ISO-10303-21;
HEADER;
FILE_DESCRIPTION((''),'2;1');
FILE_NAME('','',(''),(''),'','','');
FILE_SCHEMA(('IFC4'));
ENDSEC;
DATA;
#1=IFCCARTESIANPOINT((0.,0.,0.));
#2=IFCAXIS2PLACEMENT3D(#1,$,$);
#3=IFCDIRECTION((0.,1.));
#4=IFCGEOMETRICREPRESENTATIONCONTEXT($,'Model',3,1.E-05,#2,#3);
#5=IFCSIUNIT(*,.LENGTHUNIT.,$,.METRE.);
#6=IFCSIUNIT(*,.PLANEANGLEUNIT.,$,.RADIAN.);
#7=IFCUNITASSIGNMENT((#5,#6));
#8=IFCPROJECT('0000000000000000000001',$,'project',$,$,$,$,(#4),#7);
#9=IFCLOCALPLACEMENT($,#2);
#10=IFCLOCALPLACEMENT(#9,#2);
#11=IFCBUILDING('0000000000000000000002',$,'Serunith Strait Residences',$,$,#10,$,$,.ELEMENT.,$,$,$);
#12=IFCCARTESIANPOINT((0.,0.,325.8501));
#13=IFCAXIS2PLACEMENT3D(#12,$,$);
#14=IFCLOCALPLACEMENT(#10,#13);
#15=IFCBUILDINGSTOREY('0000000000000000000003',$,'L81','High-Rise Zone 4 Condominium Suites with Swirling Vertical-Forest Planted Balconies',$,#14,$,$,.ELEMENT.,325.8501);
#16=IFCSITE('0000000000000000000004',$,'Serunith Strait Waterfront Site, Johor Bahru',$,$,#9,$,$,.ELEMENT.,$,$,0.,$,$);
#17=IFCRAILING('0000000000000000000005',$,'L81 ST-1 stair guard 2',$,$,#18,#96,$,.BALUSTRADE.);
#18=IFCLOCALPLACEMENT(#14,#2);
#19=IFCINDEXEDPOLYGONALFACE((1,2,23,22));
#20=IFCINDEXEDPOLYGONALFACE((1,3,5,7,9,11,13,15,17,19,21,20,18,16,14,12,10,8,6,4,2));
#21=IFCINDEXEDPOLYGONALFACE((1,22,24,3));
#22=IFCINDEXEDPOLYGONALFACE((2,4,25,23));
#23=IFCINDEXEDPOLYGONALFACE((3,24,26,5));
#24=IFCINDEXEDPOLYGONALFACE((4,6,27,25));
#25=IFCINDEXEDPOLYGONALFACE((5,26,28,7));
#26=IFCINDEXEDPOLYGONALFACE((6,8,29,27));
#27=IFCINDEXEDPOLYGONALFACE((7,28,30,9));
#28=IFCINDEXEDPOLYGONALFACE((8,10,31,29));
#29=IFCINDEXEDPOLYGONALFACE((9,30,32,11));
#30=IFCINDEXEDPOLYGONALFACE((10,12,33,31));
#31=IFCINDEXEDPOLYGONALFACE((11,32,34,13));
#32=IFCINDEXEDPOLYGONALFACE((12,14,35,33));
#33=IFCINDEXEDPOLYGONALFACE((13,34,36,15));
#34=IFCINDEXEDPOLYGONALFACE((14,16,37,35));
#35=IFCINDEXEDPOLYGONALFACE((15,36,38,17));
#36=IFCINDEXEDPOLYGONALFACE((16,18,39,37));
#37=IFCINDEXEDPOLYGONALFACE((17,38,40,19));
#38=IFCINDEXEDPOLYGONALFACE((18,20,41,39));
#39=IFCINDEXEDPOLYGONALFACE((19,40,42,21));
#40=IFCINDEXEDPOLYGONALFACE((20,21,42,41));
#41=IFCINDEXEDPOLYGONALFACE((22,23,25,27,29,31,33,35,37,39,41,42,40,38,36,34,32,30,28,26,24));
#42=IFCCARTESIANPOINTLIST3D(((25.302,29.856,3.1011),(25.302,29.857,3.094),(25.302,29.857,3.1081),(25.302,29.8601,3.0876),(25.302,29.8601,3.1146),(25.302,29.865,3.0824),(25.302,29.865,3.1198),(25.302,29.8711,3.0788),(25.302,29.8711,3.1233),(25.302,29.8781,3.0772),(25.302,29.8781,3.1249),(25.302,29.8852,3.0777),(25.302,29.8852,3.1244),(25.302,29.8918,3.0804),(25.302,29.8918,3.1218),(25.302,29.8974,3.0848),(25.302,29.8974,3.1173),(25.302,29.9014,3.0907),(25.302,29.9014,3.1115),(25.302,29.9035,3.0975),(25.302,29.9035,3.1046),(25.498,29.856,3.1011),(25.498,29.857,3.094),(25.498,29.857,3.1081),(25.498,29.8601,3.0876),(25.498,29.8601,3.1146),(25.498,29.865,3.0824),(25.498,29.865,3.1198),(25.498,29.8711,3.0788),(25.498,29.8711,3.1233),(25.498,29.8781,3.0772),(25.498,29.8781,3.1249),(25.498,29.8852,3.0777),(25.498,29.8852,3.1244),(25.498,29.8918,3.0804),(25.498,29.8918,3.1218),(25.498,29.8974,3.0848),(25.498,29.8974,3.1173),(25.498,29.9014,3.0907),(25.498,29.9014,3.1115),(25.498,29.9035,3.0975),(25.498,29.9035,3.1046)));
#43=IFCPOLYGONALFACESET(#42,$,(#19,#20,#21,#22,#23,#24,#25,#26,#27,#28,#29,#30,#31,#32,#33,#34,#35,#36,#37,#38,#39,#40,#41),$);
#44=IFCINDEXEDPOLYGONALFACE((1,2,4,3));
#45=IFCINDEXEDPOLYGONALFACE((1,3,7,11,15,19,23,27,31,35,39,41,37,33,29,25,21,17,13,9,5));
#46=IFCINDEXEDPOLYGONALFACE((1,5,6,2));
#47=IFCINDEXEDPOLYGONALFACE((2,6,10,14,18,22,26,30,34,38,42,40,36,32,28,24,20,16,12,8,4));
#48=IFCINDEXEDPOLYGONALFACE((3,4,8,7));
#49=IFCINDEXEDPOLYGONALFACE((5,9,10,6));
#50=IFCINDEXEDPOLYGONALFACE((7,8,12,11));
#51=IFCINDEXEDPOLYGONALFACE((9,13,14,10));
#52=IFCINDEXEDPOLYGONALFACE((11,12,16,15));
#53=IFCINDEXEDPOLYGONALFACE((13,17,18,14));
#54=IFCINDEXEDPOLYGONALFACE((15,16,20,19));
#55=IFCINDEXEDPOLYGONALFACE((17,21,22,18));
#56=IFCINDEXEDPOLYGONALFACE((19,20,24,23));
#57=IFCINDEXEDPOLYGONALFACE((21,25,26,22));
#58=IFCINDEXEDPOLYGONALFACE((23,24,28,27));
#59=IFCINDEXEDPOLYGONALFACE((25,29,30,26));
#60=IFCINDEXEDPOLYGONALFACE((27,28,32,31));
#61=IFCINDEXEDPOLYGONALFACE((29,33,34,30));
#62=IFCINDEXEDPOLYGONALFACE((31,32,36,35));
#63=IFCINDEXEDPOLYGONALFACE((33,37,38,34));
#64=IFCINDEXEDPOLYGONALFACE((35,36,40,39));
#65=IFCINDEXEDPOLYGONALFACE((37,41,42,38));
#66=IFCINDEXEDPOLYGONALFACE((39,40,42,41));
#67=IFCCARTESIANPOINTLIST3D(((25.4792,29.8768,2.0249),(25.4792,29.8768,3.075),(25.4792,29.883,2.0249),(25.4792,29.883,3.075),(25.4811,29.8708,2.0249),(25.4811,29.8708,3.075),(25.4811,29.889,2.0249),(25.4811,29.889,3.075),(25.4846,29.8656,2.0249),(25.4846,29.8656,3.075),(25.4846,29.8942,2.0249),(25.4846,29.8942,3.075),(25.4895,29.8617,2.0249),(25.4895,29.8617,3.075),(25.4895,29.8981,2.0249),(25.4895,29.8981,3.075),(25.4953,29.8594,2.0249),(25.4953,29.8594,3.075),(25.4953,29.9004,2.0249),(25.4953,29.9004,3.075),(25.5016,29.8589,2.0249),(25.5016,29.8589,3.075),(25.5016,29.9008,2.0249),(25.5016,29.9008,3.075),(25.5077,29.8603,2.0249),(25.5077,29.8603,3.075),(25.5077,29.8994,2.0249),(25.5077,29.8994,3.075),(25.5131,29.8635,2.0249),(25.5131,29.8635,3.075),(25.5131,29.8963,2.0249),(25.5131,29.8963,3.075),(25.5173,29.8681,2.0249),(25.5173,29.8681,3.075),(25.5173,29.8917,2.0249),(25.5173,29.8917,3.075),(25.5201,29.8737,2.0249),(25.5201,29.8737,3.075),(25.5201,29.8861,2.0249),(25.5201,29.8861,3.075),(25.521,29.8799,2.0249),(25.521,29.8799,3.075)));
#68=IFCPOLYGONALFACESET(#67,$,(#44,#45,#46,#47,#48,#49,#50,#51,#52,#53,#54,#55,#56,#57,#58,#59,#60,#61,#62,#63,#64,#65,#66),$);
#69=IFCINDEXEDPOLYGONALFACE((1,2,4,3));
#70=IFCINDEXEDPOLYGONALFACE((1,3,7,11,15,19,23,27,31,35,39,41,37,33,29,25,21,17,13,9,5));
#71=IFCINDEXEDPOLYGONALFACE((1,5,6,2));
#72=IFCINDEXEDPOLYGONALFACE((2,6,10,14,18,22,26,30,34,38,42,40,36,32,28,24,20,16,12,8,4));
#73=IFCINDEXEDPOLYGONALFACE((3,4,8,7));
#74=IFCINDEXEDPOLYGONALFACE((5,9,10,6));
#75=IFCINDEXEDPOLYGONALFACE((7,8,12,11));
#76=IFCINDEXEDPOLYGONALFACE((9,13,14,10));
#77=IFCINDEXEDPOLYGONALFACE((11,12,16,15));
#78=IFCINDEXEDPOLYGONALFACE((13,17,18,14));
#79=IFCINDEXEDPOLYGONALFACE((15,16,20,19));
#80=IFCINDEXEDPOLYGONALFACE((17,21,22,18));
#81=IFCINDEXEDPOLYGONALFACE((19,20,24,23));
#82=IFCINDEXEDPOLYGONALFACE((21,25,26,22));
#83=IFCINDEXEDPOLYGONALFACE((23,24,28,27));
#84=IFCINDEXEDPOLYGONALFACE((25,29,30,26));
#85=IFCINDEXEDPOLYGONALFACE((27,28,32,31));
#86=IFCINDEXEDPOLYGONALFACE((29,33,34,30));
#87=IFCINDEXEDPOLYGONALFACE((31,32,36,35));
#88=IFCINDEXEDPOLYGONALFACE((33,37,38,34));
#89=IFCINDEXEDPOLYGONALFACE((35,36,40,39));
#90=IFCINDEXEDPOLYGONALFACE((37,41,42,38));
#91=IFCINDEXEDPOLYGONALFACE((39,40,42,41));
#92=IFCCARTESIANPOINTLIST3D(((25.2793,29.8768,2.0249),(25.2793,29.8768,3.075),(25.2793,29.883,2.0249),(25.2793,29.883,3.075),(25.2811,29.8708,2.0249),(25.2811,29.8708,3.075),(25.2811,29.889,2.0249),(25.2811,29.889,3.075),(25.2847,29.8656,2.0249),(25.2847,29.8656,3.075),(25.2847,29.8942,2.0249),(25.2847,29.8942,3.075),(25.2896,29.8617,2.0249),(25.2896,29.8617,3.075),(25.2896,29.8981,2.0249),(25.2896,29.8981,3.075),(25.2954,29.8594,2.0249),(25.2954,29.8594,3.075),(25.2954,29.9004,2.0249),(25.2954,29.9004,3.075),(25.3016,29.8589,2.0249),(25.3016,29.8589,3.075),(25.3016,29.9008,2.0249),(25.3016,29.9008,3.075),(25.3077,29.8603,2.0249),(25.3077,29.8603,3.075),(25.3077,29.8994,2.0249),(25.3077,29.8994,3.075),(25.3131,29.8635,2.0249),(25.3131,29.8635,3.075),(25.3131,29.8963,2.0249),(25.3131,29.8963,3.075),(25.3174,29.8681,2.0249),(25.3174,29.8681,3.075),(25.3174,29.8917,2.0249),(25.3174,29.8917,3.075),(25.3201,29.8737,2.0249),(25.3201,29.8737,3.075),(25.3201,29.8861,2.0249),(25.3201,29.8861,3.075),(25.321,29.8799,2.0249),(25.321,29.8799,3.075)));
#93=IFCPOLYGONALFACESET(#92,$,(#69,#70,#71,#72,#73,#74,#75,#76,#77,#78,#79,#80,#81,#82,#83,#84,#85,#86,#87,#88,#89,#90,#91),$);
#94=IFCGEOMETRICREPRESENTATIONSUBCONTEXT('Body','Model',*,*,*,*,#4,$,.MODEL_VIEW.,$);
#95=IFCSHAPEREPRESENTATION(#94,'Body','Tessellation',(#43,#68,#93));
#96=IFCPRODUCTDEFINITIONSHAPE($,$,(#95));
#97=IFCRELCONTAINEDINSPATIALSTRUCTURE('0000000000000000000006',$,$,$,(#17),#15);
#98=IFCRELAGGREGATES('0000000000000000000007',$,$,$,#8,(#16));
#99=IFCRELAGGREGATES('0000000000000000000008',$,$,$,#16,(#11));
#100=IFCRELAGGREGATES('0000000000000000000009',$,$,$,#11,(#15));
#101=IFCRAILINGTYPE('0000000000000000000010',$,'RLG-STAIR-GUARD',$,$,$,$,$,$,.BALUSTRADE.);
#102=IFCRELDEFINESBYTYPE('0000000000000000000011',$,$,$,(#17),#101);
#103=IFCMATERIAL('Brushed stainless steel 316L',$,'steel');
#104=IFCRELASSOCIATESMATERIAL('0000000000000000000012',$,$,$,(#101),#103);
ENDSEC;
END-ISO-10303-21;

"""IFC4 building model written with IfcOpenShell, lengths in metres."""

from ifc_helpers import new_model, si_unit, direction, frame, origin, origin_2d, place, context, subcontext, project, spatial, circle, extrude, material, type_object, element, save


model = new_model("IFC4")

# Units and contexts
model_context = context("Model", 3, precision=1e-05, world=origin(), true_north=direction((0.0, 1.0)))
body_context = subcontext(model_context, "Body", "Model", "MODEL_VIEW")
ifc_project = project(units=[si_unit("LENGTHUNIT", "METRE"), si_unit("PLANEANGLEUNIT", "RADIAN")], contexts=[model_context])

# Site, building, storey
site_placement = place(None, origin())
site = spatial("IfcSite", under=ifc_project, at=site_placement, Name="Serunith Strait Waterfront Site, Johor Bahru", CompositionType="ELEMENT", RefElevation=0.0)
building_placement = place(site_placement, origin())
building = spatial("IfcBuilding", under=site, at=building_placement, Name="Serunith Strait Residences", CompositionType="ELEMENT")
storey_placement = place(building_placement, frame((0.0, 0.0, 325.8501)))
storey = spatial("IfcBuildingStorey", under=building, at=storey_placement, Name="L81", Description="High-Rise Zone 4 Condominium Suites with Swirling Vertical-Forest Planted Balconies", CompositionType="ELEMENT", Elevation=325.8501)

# Railing
ifc_material_1 = material(Name="Brushed stainless steel 316L", Category="steel")
railing_type_1 = type_object("IfcRailingType", Name="RLG-STAIR-GUARD", PredefinedType="BALUSTRADE", material=ifc_material_1)
railing_1_placement = place(storey_placement, frame((25.5, 29.8799, 2.0249)))
element("IfcRailing", 1, at=railing_1_placement, inside=storey, type_object=railing_type_1, Name="L81 ST-1 stair guard 2", PredefinedType="BALUSTRADE", context=body_context, shape_type="SweptSolid", body=[
    extrude(circle(Radius=0.0239, at=origin_2d()), frame((-0.002, 0.0, 1.0762), z_axis=(-1.0, 0.0, 0.0), x_axis=(0.0, -1.0, 0.0)), (0.0, 0.0, 1.0), 0.196),
    extrude(circle(Radius=0.021, at=origin_2d()), origin(), (0.0, 0.0, 1.0), 1.05),
    extrude(circle(Radius=0.021, at=origin_2d()), frame((-0.2, 0.0, 0.0)), (0.0, 0.0, 1.0), 1.05),
])

save(model, "model.ifc")
